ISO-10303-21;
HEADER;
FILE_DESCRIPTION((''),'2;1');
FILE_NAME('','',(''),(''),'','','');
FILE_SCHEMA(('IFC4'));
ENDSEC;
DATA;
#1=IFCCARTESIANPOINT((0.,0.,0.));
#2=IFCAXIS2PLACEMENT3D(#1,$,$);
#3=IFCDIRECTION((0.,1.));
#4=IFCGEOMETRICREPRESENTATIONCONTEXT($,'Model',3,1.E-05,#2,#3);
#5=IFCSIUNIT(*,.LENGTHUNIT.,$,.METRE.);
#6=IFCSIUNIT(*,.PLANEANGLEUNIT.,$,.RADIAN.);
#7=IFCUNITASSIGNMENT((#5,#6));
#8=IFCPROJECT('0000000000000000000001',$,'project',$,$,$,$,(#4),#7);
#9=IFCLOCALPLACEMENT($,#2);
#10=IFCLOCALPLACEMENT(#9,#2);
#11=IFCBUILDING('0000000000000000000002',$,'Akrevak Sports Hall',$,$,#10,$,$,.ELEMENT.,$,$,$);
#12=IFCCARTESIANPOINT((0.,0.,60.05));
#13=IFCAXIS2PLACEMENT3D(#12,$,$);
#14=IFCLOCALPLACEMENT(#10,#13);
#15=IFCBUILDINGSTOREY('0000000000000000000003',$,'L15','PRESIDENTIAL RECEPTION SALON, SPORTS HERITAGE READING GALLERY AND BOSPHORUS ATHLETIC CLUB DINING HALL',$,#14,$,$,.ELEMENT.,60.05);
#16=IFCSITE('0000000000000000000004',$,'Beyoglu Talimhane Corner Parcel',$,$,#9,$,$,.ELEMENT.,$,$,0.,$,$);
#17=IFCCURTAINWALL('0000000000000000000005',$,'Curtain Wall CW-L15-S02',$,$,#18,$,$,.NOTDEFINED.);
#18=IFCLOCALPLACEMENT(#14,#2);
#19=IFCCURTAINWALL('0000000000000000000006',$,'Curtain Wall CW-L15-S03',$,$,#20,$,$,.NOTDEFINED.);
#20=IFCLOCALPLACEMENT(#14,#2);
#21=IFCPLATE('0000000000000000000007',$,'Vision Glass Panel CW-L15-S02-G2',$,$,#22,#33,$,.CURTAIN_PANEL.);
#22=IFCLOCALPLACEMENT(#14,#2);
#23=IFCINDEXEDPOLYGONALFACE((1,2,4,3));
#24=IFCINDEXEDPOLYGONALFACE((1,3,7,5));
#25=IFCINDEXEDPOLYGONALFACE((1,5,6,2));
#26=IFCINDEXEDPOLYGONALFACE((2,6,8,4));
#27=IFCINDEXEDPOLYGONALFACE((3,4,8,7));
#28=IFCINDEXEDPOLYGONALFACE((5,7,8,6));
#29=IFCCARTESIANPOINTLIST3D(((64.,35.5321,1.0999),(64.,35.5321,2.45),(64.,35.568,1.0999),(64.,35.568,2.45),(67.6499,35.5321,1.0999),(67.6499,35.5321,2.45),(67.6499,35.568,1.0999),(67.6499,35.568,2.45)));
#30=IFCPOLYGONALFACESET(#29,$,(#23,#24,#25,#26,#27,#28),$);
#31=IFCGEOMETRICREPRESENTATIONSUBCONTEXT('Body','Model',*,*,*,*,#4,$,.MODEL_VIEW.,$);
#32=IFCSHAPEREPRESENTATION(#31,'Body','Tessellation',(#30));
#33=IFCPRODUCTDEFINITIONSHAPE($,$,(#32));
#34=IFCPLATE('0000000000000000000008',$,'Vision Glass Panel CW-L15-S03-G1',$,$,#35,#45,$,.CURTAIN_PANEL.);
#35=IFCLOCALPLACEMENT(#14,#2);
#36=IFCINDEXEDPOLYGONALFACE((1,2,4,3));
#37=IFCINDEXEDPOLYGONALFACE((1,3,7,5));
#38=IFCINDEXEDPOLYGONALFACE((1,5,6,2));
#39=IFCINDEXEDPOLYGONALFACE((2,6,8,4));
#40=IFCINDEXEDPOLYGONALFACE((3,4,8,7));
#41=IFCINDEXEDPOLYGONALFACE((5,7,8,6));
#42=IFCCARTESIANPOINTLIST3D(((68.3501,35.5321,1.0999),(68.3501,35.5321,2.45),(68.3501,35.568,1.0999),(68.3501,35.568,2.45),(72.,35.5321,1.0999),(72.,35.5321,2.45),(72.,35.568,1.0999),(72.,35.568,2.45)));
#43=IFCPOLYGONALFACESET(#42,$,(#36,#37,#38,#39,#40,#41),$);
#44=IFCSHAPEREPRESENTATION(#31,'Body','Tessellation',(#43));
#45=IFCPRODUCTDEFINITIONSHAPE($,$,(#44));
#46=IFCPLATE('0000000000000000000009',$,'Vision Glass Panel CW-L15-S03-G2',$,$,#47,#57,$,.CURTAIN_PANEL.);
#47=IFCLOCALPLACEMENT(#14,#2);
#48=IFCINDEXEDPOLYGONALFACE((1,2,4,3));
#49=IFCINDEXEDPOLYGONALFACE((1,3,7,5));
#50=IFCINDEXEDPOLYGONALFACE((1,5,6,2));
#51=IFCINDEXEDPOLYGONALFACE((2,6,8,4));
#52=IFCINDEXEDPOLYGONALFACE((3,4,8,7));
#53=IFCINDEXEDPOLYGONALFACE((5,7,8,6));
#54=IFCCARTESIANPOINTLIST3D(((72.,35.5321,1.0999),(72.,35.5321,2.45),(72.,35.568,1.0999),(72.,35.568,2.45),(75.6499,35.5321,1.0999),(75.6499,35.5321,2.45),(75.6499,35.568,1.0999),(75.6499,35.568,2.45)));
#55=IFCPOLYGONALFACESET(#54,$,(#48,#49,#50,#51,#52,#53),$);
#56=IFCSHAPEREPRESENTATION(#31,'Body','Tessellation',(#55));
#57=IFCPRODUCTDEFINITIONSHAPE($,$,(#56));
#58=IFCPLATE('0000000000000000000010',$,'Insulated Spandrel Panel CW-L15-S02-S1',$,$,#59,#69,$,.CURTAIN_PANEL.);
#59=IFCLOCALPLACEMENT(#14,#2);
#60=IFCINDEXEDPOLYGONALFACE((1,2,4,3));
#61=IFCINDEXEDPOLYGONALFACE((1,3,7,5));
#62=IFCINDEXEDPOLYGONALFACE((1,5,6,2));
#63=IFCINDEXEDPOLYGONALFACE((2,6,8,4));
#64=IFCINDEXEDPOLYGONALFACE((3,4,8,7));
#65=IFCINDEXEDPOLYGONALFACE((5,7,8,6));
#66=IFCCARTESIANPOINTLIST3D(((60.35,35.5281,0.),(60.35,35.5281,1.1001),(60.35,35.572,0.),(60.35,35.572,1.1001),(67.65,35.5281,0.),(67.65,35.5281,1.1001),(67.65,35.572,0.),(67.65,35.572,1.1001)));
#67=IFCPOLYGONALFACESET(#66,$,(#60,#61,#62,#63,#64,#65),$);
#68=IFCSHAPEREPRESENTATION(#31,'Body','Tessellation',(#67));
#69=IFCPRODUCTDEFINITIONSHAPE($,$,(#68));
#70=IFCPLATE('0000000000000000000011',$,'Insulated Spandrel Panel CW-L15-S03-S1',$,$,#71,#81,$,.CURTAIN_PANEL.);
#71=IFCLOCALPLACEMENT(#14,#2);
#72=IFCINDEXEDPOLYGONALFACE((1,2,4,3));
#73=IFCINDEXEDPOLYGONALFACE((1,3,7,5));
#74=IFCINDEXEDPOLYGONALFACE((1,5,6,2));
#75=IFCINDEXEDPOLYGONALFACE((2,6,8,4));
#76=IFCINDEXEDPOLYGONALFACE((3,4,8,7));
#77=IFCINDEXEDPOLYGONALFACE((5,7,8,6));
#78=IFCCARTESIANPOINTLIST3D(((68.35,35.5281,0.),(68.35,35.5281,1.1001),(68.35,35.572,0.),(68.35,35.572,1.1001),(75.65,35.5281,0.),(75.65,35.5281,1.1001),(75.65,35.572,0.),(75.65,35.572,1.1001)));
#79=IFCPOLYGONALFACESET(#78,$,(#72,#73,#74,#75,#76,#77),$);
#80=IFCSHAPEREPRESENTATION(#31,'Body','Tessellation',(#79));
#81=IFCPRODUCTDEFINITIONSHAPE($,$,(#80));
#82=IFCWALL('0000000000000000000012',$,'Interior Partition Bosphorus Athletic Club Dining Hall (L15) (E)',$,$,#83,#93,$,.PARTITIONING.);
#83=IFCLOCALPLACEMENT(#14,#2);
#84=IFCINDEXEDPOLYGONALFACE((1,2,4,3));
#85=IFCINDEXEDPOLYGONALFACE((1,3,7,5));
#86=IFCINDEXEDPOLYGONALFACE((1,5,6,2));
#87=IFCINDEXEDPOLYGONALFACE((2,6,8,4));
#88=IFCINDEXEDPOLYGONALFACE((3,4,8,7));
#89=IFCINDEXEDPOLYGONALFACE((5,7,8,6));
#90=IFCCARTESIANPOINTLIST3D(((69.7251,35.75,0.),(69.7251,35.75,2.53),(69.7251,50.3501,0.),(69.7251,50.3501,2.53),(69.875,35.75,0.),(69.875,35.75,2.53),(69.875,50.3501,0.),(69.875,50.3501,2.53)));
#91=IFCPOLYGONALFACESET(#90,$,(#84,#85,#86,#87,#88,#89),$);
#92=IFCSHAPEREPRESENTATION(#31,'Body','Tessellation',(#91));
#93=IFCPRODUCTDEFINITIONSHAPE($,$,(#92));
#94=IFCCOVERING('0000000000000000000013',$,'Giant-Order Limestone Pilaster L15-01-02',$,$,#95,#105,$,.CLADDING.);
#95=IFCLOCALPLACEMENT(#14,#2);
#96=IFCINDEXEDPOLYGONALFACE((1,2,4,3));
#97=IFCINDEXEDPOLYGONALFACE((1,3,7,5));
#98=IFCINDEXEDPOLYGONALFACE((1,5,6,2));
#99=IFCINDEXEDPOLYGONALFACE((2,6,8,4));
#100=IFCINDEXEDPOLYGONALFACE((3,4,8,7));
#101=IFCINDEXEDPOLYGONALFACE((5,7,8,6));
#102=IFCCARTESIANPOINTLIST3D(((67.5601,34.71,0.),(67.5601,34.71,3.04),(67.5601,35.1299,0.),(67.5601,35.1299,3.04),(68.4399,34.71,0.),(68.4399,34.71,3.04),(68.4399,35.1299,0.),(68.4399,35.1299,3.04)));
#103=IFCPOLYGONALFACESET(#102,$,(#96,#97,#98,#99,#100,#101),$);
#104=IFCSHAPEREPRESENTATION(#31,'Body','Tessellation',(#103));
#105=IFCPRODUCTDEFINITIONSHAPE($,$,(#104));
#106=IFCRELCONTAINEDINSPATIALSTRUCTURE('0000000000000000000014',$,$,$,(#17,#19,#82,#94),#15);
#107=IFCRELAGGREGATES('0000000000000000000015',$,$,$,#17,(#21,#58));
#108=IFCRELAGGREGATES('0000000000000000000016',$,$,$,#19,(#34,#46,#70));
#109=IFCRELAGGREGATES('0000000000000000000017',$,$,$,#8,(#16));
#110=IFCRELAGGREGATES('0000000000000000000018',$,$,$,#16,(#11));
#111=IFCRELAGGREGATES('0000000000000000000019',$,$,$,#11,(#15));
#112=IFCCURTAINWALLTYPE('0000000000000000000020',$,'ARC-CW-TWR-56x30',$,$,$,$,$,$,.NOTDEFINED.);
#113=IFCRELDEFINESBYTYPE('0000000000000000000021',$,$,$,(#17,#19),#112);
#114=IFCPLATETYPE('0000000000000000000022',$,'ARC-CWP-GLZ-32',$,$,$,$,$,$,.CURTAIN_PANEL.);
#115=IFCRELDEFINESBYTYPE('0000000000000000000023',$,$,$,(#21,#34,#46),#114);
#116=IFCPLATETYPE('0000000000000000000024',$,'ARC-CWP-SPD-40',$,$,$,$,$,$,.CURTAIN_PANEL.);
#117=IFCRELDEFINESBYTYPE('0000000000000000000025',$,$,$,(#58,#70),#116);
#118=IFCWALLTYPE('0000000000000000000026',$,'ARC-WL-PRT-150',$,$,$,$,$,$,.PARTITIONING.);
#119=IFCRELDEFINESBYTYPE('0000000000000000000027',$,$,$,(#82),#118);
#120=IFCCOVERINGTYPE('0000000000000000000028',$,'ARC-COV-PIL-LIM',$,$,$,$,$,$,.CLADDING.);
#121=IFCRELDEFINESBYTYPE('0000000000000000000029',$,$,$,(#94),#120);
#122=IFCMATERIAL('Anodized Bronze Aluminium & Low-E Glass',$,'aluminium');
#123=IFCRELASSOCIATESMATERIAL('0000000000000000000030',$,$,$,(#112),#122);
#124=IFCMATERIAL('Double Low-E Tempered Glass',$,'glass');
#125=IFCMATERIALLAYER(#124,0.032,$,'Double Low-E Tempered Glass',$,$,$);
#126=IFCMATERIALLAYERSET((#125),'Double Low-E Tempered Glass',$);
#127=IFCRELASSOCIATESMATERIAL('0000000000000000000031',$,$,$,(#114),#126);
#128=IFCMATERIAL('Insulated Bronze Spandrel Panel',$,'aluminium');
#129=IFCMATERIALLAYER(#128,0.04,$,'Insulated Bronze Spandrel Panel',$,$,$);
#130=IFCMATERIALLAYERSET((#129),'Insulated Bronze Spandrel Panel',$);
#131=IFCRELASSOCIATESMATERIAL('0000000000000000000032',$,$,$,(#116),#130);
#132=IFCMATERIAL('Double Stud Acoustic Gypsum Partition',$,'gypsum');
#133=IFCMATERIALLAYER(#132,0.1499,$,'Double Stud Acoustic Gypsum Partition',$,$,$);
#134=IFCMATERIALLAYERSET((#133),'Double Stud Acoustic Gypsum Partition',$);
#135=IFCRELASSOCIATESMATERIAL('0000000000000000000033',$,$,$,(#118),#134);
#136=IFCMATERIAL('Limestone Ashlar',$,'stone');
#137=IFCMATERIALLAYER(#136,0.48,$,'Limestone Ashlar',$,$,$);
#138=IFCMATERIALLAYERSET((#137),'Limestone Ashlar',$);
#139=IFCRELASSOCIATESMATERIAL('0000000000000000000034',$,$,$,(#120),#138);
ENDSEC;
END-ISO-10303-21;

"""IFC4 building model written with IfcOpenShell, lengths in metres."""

from ifc_helpers import new_model, si_unit, direction, frame, frame_2d, origin, origin_2d, place, context, subcontext, project, spatial, rectangle, extrude, material, layer, layer_set, type_object, element, aggregate, save


model = new_model("IFC4")

# Units and contexts
model_context = context("Model", 3, precision=1e-05, world=origin(), true_north=direction((0.0, 1.0)))
body_context = subcontext(model_context, "Body", "Model", "MODEL_VIEW")
ifc_project = project(units=[si_unit("LENGTHUNIT", "METRE"), si_unit("PLANEANGLEUNIT", "RADIAN")], contexts=[model_context])

# Site, building, storey
site_placement = place(None, origin())
site = spatial("IfcSite", under=ifc_project, at=site_placement, Name="Beyoglu Talimhane Corner Parcel", CompositionType="ELEMENT", RefElevation=0.0)
building_placement = place(site_placement, origin())
building = spatial("IfcBuilding", under=site, at=building_placement, Name="Akrevak Sports Hall", CompositionType="ELEMENT")
storey_placement = place(building_placement, frame((0.0, 0.0, 60.05)))
storey = spatial("IfcBuildingStorey", under=building, at=storey_placement, Name="L15", Description="PRESIDENTIAL RECEPTION SALON, SPORTS HERITAGE READING GALLERY AND BOSPHORUS ATHLETIC CLUB DINING HALL", CompositionType="ELEMENT", Elevation=60.05)

# Curtain walls
ifc_material_1 = material(Name="Anodized Bronze Aluminium & Low-E Glass", Category="aluminium")
curtain_wall_type = type_object("IfcCurtainWallType", Name="ARC-CW-TWR-56x30", PredefinedType="NOTDEFINED", material=ifc_material_1)
curtain_wall_1_placement = place(storey_placement, origin())
curtain_wall_1 = element("IfcCurtainWall", 1, at=curtain_wall_1_placement, inside=storey, type_object=curtain_wall_type, Name="Curtain Wall CW-L15-S02", PredefinedType="NOTDEFINED")
curtain_wall_2_placement = place(storey_placement, origin())
curtain_wall_2 = element("IfcCurtainWall", 2, at=curtain_wall_2_placement, inside=storey, type_object=curtain_wall_type, Name="Curtain Wall CW-L15-S03", PredefinedType="NOTDEFINED")

# Plates
ifc_material_2 = material(Name="Double Low-E Tempered Glass", Category="glass")
ifc_layer_1 = layer(ifc_material_2, 0.032, Name="Double Low-E Tempered Glass")
ifc_layer_set_1 = layer_set([ifc_layer_1], Name="Double Low-E Tempered Glass")
plate_type_1 = type_object("IfcPlateType", Name="ARC-CWP-GLZ-32", PredefinedType="CURTAIN_PANEL", material=ifc_layer_set_1)
plate_1_placement = place(storey_placement, frame((65.825, 35.55, 1.0999), z_axis=(0.0, 0.0, 1.0), x_axis=(1.0, 0.0, 0.0)))
plate_1 = element("IfcPlate", 3, at=plate_1_placement, type_object=plate_type_1, Name="Vision Glass Panel CW-L15-S02-G2", PredefinedType="CURTAIN_PANEL", context=body_context, shape_type="SweptSolid", body=[
    extrude(rectangle(XDim=3.6499, YDim=0.0359, at=origin_2d()), origin(), (0.0, 0.0, 1.0), 1.3501),
])
plate_2_placement = place(storey_placement, frame((70.175, 35.55, 1.0999), z_axis=(0.0, 0.0, 1.0), x_axis=(1.0, 0.0, 0.0)))
plate_2 = element("IfcPlate", 4, at=plate_2_placement, type_object=plate_type_1, Name="Vision Glass Panel CW-L15-S03-G1", PredefinedType="CURTAIN_PANEL", context=body_context, shape_type="SweptSolid", body=[
    extrude(rectangle(XDim=3.6499, YDim=0.0359, at=origin_2d()), origin(), (0.0, 0.0, 1.0), 1.3501),
])
plate_3_placement = place(storey_placement, frame((73.825, 35.55, 1.0999), z_axis=(0.0, 0.0, 1.0), x_axis=(1.0, 0.0, 0.0)))
plate_3 = element("IfcPlate", 5, at=plate_3_placement, type_object=plate_type_1, Name="Vision Glass Panel CW-L15-S03-G2", PredefinedType="CURTAIN_PANEL", context=body_context, shape_type="SweptSolid", body=[
    extrude(rectangle(XDim=3.6499, YDim=0.0359, at=origin_2d()), origin(), (0.0, 0.0, 1.0), 1.3501),
])
ifc_material_3 = material(Name="Insulated Bronze Spandrel Panel", Category="aluminium")
ifc_layer_2 = layer(ifc_material_3, 0.04, Name="Insulated Bronze Spandrel Panel")
ifc_layer_set_2 = layer_set([ifc_layer_2], Name="Insulated Bronze Spandrel Panel")
plate_type_2 = type_object("IfcPlateType", Name="ARC-CWP-SPD-40", PredefinedType="CURTAIN_PANEL", material=ifc_layer_set_2)
plate_4_placement = place(storey_placement, frame((64.0, 35.55, 0.0), z_axis=(0.0, 0.0, 1.0), x_axis=(1.0, 0.0, 0.0)))
plate_4 = element("IfcPlate", 6, at=plate_4_placement, type_object=plate_type_2, Name="Insulated Spandrel Panel CW-L15-S02-S1", PredefinedType="CURTAIN_PANEL", context=body_context, shape_type="SweptSolid", body=[
    extrude(rectangle(XDim=7.3, YDim=0.0439, at=origin_2d()), origin(), (0.0, 0.0, 1.0), 1.1001),
])
aggregate(curtain_wall_1, [plate_1, plate_4])
plate_5_placement = place(storey_placement, frame((72.0, 35.55, 0.0), z_axis=(0.0, 0.0, 1.0), x_axis=(1.0, 0.0, 0.0)))
plate_5 = element("IfcPlate", 7, at=plate_5_placement, type_object=plate_type_2, Name="Insulated Spandrel Panel CW-L15-S03-S1", PredefinedType="CURTAIN_PANEL", context=body_context, shape_type="SweptSolid", body=[
    extrude(rectangle(XDim=7.3, YDim=0.0439, at=origin_2d()), origin(), (0.0, 0.0, 1.0), 1.1001),
])
aggregate(curtain_wall_2, [plate_2, plate_3, plate_5])

# Wall
ifc_material_4 = material(Name="Double Stud Acoustic Gypsum Partition", Category="gypsum")
ifc_layer_3 = layer(ifc_material_4, 0.1499, Name="Double Stud Acoustic Gypsum Partition")
ifc_layer_set_3 = layer_set([ifc_layer_3], Name="Double Stud Acoustic Gypsum Partition")
wall_type = type_object("IfcWallType", Name="ARC-WL-PRT-150", PredefinedType="PARTITIONING", material=ifc_layer_set_3)
wall_placement = place(storey_placement, frame((69.8, 35.75, 0.0), z_axis=(0.0, 0.0, 1.0), x_axis=(0.0, 1.0, 0.0)))
element("IfcWall", 8, at=wall_placement, inside=storey, type_object=wall_type, Name="Interior Partition Bosphorus Athletic Club Dining Hall (L15) (E)", PredefinedType="PARTITIONING", context=body_context, shape_type="SweptSolid", body=[
    extrude(rectangle(XDim=14.6001, YDim=0.1499, at=frame_2d((7.3, 0.0))), origin(), (0.0, 0.0, 1.0), 2.53),
])

# Covering
ifc_material_5 = material(Name="Limestone Ashlar", Category="stone")
ifc_layer_4 = layer(ifc_material_5, 0.48, Name="Limestone Ashlar")
ifc_layer_set_4 = layer_set([ifc_layer_4], Name="Limestone Ashlar")
covering_type = type_object("IfcCoveringType", Name="ARC-COV-PIL-LIM", PredefinedType="CLADDING", material=ifc_layer_set_4)
covering_placement = place(storey_placement, frame((68.0, 34.9199, 0.0), z_axis=(0.0, 0.0, 1.0), x_axis=(1.0, 0.0, 0.0)))
element("IfcCovering", 9, at=covering_placement, inside=storey, type_object=covering_type, Name="Giant-Order Limestone Pilaster L15-01-02", PredefinedType="CLADDING", context=body_context, shape_type="SweptSolid", body=[
    extrude(rectangle(XDim=0.8799, YDim=0.4199, at=origin_2d()), origin(), (0.0, 0.0, 1.0), 3.04),
])

save(model, "model.ifc")
